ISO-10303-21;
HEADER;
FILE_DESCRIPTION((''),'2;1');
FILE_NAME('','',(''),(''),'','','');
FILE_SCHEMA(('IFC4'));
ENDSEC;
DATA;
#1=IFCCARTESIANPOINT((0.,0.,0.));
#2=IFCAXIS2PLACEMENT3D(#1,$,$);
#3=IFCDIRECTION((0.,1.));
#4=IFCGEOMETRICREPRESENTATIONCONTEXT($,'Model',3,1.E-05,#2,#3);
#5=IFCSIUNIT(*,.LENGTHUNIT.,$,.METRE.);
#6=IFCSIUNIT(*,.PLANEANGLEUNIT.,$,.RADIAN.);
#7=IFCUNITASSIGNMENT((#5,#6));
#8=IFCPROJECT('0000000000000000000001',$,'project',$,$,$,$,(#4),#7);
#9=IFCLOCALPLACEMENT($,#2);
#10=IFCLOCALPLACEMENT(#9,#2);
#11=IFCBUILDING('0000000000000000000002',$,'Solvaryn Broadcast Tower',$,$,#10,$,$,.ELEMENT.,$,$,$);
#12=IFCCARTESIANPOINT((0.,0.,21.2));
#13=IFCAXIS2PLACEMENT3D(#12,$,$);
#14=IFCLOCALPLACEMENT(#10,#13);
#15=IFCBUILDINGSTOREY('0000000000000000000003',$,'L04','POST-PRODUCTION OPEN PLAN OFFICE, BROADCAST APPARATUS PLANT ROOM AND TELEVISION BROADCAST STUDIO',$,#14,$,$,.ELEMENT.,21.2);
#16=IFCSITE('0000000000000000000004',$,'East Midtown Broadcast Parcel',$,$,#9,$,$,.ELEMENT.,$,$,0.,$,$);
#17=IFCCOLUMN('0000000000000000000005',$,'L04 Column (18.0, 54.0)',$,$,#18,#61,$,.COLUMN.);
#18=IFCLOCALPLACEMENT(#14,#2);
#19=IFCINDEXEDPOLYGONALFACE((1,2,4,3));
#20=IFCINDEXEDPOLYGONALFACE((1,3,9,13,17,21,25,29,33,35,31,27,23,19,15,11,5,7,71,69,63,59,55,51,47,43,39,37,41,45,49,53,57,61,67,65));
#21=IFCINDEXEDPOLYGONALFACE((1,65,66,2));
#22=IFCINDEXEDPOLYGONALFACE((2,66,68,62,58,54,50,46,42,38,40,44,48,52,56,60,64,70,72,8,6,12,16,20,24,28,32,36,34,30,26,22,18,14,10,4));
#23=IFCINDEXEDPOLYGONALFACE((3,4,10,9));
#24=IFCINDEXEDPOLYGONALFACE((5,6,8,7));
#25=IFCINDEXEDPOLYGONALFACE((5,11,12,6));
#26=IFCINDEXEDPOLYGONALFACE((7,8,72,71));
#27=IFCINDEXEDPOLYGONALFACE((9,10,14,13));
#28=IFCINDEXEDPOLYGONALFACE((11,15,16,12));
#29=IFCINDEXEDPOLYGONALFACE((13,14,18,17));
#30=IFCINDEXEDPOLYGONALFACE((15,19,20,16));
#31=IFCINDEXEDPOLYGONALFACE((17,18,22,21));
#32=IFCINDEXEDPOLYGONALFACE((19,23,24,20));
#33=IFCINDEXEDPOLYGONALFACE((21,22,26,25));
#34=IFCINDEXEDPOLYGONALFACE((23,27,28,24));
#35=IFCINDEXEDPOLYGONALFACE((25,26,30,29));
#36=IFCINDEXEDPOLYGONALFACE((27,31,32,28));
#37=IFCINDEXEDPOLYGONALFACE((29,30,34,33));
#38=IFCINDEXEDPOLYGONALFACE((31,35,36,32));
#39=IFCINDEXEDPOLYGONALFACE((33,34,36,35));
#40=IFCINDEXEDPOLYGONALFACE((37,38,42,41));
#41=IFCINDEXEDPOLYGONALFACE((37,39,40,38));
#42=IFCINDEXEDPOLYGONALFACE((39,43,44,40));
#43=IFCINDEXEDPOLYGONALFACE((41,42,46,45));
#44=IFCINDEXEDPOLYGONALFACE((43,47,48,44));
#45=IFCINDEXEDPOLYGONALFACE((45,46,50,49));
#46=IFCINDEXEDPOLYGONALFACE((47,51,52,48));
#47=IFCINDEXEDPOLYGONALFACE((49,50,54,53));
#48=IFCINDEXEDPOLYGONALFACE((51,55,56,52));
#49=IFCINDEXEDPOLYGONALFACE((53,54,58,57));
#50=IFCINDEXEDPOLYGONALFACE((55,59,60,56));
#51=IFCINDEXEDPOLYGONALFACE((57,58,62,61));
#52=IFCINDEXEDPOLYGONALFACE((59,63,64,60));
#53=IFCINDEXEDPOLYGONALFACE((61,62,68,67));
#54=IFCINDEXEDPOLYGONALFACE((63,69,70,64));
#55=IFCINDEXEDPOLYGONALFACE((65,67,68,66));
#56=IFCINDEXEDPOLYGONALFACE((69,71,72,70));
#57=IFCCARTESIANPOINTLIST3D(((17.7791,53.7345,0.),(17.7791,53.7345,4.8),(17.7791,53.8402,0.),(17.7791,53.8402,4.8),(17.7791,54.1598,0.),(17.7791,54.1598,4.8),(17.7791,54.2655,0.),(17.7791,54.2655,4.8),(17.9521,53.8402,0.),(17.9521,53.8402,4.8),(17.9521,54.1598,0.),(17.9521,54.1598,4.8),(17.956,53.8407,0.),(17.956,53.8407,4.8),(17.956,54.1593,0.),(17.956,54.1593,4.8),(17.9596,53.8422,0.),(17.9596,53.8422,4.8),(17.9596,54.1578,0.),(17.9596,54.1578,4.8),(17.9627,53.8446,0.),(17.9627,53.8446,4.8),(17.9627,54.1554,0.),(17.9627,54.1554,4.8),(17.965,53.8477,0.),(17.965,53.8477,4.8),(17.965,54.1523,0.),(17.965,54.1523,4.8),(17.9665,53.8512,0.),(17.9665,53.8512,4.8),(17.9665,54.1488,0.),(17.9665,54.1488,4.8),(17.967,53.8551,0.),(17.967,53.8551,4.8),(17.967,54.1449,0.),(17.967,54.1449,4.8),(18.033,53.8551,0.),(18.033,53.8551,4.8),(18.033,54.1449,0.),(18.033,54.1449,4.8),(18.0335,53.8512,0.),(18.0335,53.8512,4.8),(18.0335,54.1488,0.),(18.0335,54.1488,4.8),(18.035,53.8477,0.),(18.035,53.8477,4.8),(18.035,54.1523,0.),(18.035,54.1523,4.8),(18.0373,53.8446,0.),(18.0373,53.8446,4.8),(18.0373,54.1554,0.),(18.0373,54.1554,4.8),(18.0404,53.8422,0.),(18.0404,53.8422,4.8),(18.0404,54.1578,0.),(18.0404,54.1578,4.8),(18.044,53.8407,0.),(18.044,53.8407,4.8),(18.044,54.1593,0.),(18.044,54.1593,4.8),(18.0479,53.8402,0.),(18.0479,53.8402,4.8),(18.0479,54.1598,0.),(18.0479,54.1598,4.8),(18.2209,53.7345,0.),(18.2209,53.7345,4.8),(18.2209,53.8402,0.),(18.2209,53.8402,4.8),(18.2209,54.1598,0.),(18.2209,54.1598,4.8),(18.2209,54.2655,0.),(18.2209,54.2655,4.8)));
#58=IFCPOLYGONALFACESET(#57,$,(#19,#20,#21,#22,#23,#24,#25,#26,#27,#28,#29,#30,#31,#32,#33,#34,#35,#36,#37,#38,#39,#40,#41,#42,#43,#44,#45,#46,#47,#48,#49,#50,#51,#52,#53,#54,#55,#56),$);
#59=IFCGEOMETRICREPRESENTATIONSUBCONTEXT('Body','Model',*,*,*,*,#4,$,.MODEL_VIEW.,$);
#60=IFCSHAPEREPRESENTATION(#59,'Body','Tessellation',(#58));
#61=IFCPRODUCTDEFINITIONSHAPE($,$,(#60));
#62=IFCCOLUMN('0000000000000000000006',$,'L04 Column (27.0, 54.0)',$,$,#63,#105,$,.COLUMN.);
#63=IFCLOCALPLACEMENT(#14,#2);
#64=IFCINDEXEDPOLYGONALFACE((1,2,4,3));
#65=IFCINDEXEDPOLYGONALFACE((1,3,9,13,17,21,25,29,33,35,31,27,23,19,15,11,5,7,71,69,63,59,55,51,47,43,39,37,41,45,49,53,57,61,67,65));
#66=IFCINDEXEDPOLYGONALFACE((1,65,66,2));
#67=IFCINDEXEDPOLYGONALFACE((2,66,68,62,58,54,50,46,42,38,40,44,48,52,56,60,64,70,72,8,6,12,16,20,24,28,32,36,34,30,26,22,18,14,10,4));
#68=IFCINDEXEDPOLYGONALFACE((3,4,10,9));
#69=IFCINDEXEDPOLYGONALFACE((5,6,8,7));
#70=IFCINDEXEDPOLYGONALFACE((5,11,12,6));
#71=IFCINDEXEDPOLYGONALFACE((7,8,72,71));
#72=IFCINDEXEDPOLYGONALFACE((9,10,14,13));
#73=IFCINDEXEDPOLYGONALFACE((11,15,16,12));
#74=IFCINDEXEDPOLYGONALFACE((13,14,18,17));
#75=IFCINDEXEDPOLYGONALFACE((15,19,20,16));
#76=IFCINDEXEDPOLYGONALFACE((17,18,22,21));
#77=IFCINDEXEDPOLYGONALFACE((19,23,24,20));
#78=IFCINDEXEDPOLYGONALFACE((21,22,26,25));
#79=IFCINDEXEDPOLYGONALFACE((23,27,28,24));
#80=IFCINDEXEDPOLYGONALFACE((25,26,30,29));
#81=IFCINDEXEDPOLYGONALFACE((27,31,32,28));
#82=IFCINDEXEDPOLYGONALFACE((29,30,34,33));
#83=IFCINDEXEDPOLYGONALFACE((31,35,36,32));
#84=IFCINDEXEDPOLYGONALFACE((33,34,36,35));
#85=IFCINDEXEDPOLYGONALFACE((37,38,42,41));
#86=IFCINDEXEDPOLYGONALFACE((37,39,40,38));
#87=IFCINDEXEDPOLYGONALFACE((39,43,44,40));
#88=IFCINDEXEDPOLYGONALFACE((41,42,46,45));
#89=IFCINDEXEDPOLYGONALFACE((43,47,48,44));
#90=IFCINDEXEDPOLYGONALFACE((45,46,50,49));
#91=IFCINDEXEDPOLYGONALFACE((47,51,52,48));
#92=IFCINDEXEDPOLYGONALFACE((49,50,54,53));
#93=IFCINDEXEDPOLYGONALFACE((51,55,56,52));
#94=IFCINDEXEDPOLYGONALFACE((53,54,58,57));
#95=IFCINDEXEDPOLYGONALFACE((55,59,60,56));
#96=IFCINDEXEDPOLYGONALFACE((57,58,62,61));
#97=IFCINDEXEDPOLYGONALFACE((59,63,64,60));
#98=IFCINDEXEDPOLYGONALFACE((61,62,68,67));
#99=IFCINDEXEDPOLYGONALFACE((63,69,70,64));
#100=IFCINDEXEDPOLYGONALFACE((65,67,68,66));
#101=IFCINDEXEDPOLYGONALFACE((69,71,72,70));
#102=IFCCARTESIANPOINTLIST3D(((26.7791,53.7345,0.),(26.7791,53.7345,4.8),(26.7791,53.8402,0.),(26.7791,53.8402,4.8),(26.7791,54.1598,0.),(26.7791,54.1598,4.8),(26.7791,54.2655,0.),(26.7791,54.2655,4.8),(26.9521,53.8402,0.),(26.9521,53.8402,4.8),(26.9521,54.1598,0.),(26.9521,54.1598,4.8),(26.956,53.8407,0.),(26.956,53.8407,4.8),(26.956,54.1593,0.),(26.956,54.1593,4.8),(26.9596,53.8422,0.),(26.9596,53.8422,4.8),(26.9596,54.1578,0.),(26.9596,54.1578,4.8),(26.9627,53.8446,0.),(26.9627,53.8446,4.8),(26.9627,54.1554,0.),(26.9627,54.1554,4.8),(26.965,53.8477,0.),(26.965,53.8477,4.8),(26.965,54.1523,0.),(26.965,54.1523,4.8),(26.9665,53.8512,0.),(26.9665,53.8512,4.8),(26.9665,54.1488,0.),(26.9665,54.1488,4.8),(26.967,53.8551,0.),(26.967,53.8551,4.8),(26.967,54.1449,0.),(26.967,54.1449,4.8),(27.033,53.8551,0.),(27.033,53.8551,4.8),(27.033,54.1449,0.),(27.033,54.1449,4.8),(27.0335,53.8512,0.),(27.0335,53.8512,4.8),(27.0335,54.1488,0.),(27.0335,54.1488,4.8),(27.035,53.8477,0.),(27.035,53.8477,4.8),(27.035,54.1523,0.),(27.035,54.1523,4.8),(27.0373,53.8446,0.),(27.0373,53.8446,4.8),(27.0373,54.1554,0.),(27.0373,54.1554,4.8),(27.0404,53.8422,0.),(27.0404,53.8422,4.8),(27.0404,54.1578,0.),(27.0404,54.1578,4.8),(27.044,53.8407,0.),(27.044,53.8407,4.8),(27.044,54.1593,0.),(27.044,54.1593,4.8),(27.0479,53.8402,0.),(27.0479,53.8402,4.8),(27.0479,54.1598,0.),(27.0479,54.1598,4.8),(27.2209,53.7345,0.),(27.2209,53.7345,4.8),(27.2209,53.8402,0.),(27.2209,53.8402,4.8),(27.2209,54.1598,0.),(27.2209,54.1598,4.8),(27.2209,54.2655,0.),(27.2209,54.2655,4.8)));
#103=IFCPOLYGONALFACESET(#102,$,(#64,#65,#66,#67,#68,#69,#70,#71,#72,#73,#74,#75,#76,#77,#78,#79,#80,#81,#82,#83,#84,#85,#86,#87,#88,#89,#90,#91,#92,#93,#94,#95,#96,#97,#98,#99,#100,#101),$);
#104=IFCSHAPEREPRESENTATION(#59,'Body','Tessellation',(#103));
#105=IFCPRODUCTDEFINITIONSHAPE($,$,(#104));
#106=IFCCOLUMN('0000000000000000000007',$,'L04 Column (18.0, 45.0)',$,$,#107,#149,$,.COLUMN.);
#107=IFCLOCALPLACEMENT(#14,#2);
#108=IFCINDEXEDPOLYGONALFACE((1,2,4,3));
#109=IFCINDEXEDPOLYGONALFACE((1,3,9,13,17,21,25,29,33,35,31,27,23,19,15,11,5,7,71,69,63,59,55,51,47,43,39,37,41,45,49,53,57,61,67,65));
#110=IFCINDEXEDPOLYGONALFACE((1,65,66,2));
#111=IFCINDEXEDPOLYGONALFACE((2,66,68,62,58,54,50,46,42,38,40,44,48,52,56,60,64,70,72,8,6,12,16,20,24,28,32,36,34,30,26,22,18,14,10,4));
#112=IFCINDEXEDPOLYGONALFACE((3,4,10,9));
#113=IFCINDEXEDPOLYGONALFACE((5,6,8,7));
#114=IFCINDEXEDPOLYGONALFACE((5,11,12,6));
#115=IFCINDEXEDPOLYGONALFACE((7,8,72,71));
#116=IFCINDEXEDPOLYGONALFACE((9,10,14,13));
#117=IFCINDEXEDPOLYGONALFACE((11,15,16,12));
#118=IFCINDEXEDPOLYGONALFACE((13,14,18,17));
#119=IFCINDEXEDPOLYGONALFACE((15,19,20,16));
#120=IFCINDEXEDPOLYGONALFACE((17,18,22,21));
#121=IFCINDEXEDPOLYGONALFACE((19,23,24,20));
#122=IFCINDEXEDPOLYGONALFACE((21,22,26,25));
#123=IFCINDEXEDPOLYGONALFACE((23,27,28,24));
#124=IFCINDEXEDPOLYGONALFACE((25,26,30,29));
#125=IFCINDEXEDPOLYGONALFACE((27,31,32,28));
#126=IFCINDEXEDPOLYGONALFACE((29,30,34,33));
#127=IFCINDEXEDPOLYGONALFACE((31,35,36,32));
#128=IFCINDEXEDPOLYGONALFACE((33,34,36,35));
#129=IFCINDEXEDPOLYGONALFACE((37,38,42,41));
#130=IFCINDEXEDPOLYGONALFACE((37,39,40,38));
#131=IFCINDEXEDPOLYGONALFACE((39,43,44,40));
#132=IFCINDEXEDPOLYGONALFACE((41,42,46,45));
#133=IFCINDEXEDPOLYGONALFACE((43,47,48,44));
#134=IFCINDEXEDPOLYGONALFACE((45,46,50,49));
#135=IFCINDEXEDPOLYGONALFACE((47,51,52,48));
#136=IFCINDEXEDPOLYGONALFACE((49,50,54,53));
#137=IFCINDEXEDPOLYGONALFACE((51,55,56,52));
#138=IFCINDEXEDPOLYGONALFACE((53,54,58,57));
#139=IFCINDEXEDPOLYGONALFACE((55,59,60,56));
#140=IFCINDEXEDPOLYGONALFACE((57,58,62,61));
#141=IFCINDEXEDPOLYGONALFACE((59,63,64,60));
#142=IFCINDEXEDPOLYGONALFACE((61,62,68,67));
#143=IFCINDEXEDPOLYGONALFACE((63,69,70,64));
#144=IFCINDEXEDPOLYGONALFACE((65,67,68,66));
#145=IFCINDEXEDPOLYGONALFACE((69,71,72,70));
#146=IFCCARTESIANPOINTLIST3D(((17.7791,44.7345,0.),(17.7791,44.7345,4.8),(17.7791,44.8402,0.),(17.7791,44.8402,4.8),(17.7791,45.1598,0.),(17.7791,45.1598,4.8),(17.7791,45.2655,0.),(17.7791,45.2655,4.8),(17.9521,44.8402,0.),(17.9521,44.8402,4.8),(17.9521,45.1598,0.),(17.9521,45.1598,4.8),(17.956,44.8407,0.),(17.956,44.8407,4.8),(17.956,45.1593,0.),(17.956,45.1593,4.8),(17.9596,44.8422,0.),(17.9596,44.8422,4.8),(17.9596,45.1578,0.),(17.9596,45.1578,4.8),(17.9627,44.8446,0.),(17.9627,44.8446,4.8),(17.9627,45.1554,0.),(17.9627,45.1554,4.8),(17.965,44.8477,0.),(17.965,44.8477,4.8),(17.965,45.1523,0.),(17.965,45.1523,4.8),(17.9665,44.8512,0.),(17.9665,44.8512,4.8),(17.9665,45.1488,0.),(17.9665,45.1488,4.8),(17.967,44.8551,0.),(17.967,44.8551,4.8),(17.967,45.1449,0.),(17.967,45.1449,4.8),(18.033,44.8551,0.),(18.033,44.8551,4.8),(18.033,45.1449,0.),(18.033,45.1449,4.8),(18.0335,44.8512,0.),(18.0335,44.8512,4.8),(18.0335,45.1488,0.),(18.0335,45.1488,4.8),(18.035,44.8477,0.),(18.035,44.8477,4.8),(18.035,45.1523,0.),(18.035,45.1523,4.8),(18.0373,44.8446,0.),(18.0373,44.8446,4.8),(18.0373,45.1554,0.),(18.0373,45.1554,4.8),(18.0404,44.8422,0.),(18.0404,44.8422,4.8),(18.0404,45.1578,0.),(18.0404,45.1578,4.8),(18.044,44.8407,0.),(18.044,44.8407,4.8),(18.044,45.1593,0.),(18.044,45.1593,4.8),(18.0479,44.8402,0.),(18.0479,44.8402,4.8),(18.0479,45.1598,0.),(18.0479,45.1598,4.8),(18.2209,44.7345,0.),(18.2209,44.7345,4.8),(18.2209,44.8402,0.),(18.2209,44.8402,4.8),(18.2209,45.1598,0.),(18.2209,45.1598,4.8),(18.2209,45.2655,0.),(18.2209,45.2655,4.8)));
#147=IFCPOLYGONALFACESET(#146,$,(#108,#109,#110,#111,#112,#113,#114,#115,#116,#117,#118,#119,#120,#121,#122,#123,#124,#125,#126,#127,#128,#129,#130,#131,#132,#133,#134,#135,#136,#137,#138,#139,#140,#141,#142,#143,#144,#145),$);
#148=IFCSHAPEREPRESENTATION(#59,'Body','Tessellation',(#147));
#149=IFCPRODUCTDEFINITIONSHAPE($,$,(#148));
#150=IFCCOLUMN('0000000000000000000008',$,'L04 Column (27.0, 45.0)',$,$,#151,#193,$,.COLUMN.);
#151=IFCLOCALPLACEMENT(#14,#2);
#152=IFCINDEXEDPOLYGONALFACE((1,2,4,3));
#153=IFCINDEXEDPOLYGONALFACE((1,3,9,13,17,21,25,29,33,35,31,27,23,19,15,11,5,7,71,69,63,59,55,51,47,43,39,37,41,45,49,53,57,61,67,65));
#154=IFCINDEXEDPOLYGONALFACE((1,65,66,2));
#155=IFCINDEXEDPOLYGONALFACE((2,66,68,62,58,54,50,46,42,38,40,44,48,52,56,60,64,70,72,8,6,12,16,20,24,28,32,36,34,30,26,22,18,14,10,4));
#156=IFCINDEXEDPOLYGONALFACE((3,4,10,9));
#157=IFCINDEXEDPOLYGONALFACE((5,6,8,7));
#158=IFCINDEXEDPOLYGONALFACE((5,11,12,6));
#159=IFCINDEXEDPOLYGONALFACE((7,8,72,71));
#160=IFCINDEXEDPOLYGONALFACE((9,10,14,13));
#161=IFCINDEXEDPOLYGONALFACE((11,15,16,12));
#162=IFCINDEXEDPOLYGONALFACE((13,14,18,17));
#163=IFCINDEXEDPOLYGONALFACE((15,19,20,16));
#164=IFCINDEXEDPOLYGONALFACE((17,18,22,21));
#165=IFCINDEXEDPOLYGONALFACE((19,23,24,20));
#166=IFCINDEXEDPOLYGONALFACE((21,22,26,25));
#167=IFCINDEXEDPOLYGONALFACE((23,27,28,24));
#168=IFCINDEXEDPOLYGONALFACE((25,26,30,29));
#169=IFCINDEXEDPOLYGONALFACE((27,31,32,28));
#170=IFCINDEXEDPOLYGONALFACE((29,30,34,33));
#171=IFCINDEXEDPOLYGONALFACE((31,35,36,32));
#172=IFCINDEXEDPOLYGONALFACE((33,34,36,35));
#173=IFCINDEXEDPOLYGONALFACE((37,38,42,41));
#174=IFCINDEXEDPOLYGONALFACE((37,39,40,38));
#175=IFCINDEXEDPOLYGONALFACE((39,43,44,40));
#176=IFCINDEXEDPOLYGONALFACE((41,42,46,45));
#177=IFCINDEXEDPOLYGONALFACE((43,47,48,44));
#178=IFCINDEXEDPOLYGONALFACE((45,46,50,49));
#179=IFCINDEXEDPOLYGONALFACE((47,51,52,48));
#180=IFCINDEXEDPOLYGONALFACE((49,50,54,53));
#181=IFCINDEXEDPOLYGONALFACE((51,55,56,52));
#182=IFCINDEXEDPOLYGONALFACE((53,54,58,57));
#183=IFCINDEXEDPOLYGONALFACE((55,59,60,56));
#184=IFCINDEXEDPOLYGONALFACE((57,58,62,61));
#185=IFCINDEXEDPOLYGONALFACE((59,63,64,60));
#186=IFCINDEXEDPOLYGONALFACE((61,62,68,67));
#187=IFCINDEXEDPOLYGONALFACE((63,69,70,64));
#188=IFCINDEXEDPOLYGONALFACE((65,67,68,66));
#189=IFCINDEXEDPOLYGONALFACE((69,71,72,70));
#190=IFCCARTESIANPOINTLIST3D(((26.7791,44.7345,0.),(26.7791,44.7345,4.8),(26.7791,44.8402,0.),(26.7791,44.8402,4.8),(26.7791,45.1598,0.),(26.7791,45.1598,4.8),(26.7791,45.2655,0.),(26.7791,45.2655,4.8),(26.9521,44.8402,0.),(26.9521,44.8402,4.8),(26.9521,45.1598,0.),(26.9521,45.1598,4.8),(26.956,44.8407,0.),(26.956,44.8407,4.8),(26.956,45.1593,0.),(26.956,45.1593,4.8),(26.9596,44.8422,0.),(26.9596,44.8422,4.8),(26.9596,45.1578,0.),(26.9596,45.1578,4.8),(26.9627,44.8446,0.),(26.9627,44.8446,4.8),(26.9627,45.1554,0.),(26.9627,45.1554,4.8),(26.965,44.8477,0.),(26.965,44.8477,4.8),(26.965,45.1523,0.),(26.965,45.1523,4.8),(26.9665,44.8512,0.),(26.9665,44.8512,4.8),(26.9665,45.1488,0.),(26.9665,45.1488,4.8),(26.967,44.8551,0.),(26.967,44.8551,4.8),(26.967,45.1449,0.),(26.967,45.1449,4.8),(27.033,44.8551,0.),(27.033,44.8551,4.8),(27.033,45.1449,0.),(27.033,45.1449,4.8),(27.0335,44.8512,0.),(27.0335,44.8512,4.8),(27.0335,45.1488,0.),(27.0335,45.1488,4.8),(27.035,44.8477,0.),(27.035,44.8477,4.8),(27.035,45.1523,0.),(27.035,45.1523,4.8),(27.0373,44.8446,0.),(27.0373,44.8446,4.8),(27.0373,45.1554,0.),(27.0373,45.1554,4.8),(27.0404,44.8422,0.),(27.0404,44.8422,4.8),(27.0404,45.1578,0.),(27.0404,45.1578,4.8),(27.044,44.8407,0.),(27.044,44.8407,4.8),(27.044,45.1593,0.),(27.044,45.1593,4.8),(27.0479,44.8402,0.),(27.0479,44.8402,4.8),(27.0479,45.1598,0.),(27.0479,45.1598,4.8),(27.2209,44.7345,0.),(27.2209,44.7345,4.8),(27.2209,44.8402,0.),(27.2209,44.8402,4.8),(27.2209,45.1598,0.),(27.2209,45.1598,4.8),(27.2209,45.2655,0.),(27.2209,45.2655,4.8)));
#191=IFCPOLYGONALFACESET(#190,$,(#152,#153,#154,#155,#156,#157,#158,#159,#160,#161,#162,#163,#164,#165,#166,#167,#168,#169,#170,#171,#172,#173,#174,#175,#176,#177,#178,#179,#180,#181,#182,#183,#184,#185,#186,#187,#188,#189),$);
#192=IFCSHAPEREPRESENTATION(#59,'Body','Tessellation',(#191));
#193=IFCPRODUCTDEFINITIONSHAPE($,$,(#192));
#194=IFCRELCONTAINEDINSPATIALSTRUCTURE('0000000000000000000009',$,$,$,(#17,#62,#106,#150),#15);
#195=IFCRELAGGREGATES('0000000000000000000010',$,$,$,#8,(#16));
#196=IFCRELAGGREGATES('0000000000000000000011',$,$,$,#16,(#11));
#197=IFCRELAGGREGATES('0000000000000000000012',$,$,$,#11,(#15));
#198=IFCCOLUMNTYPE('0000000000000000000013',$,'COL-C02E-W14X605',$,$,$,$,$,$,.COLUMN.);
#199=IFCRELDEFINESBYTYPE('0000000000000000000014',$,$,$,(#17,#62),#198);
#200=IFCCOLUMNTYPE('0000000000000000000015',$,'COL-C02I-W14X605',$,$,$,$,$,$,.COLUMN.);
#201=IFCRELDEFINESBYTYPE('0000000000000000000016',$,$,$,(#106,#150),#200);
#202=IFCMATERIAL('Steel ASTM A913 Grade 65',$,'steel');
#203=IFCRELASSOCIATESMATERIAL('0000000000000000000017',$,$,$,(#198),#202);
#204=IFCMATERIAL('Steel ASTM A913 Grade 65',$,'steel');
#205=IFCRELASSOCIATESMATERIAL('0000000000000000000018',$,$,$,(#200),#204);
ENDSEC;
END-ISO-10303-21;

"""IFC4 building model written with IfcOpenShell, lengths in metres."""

from ifc_helpers import new_model, si_unit, direction, frame, origin, origin_2d, place, context, subcontext, project, spatial, i_section, extrude, material, material_profile, profile_set, type_object, element, save


model = new_model("IFC4")

# Units and contexts
model_context = context("Model", 3, precision=1e-05, world=origin(), true_north=direction((0.0, 1.0)))
body_context = subcontext(model_context, "Body", "Model", "MODEL_VIEW")
ifc_project = project(units=[si_unit("LENGTHUNIT", "METRE"), si_unit("PLANEANGLEUNIT", "RADIAN")], contexts=[model_context])

# Site, building, storey
site_placement = place(None, origin())
site = spatial("IfcSite", under=ifc_project, at=site_placement, Name="East Midtown Broadcast Parcel", CompositionType="ELEMENT", RefElevation=0.0)
building_placement = place(site_placement, origin())
building = spatial("IfcBuilding", under=site, at=building_placement, Name="Solvaryn Broadcast Tower", CompositionType="ELEMENT")
storey_placement = place(building_placement, frame((0.0, 0.0, 21.2)))
storey = spatial("IfcBuildingStorey", under=building, at=storey_placement, Name="L04", Description="POST-PRODUCTION OPEN PLAN OFFICE, BROADCAST APPARATUS PLANT ROOM AND TELEVISION BROADCAST STUDIO", CompositionType="ELEMENT", Elevation=21.2)

# Columns
ifc_material_1 = material(Name="Steel ASTM A913 Grade 65", Category="steel")
ifc_material_profile_1 = material_profile(ifc_material_1, i_section(OverallWidth=0.4419, OverallDepth=0.531, WebThickness=0.0659, FlangeThickness=0.1057, FilletRadius=0.0149, at=origin_2d()))
ifc_profile_set_1 = profile_set([ifc_material_profile_1], Name="Steel ASTM A913 Grade 65")
column_type_1 = type_object("IfcColumnType", Name="COL-C02E-W14X605", PredefinedType="COLUMN", material=ifc_profile_set_1)
for number, where, z_axis, x_axis, name in (
    (1, (18.0, 54.0, 0.0), (0.0, 0.0, 1.0), (1.0, 0.0, 0.0), "L04 Column (18.0, 54.0)"),
    (2, (27.0, 54.0, 0.0), (0.0, 0.0, 1.0), (1.0, 0.0, 0.0), "L04 Column (27.0, 54.0)"),
):
    element("IfcColumn", number, at=place(storey_placement, frame(where, z_axis=z_axis, x_axis=x_axis)), inside=storey, type_object=column_type_1, Name=name, PredefinedType="COLUMN", context=body_context, shape_type="SweptSolid", body=[
        extrude(i_section(OverallWidth=0.4419, OverallDepth=0.531, WebThickness=0.0659, FlangeThickness=0.1057, FilletRadius=0.0149, at=origin_2d()), origin(), (0.0, 0.0, 1.0), 4.8),
    ])
ifc_material_2 = material(Name="Steel ASTM A913 Grade 65", Category="steel")
ifc_material_profile_2 = material_profile(ifc_material_2, i_section(OverallWidth=0.4419, OverallDepth=0.531, WebThickness=0.0659, FlangeThickness=0.1057, FilletRadius=0.0149, at=origin_2d()))
ifc_profile_set_2 = profile_set([ifc_material_profile_2], Name="Steel ASTM A913 Grade 65")
column_type_2 = type_object("IfcColumnType", Name="COL-C02I-W14X605", PredefinedType="COLUMN", material=ifc_profile_set_2)
for number, where, z_axis, x_axis, name in (
    (3, (18.0, 45.0, 0.0), (0.0, 0.0, 1.0), (1.0, 0.0, 0.0), "L04 Column (18.0, 45.0)"),
    (4, (27.0, 45.0, 0.0), (0.0, 0.0, 1.0), (1.0, 0.0, 0.0), "L04 Column (27.0, 45.0)"),
):
    element("IfcColumn", number, at=place(storey_placement, frame(where, z_axis=z_axis, x_axis=x_axis)), inside=storey, type_object=column_type_2, Name=name, PredefinedType="COLUMN", context=body_context, shape_type="SweptSolid", body=[
        extrude(i_section(OverallWidth=0.4419, OverallDepth=0.531, WebThickness=0.0659, FlangeThickness=0.1057, FilletRadius=0.0149, at=origin_2d()), origin(), (0.0, 0.0, 1.0), 4.8),
    ])

save(model, "model.ifc")
